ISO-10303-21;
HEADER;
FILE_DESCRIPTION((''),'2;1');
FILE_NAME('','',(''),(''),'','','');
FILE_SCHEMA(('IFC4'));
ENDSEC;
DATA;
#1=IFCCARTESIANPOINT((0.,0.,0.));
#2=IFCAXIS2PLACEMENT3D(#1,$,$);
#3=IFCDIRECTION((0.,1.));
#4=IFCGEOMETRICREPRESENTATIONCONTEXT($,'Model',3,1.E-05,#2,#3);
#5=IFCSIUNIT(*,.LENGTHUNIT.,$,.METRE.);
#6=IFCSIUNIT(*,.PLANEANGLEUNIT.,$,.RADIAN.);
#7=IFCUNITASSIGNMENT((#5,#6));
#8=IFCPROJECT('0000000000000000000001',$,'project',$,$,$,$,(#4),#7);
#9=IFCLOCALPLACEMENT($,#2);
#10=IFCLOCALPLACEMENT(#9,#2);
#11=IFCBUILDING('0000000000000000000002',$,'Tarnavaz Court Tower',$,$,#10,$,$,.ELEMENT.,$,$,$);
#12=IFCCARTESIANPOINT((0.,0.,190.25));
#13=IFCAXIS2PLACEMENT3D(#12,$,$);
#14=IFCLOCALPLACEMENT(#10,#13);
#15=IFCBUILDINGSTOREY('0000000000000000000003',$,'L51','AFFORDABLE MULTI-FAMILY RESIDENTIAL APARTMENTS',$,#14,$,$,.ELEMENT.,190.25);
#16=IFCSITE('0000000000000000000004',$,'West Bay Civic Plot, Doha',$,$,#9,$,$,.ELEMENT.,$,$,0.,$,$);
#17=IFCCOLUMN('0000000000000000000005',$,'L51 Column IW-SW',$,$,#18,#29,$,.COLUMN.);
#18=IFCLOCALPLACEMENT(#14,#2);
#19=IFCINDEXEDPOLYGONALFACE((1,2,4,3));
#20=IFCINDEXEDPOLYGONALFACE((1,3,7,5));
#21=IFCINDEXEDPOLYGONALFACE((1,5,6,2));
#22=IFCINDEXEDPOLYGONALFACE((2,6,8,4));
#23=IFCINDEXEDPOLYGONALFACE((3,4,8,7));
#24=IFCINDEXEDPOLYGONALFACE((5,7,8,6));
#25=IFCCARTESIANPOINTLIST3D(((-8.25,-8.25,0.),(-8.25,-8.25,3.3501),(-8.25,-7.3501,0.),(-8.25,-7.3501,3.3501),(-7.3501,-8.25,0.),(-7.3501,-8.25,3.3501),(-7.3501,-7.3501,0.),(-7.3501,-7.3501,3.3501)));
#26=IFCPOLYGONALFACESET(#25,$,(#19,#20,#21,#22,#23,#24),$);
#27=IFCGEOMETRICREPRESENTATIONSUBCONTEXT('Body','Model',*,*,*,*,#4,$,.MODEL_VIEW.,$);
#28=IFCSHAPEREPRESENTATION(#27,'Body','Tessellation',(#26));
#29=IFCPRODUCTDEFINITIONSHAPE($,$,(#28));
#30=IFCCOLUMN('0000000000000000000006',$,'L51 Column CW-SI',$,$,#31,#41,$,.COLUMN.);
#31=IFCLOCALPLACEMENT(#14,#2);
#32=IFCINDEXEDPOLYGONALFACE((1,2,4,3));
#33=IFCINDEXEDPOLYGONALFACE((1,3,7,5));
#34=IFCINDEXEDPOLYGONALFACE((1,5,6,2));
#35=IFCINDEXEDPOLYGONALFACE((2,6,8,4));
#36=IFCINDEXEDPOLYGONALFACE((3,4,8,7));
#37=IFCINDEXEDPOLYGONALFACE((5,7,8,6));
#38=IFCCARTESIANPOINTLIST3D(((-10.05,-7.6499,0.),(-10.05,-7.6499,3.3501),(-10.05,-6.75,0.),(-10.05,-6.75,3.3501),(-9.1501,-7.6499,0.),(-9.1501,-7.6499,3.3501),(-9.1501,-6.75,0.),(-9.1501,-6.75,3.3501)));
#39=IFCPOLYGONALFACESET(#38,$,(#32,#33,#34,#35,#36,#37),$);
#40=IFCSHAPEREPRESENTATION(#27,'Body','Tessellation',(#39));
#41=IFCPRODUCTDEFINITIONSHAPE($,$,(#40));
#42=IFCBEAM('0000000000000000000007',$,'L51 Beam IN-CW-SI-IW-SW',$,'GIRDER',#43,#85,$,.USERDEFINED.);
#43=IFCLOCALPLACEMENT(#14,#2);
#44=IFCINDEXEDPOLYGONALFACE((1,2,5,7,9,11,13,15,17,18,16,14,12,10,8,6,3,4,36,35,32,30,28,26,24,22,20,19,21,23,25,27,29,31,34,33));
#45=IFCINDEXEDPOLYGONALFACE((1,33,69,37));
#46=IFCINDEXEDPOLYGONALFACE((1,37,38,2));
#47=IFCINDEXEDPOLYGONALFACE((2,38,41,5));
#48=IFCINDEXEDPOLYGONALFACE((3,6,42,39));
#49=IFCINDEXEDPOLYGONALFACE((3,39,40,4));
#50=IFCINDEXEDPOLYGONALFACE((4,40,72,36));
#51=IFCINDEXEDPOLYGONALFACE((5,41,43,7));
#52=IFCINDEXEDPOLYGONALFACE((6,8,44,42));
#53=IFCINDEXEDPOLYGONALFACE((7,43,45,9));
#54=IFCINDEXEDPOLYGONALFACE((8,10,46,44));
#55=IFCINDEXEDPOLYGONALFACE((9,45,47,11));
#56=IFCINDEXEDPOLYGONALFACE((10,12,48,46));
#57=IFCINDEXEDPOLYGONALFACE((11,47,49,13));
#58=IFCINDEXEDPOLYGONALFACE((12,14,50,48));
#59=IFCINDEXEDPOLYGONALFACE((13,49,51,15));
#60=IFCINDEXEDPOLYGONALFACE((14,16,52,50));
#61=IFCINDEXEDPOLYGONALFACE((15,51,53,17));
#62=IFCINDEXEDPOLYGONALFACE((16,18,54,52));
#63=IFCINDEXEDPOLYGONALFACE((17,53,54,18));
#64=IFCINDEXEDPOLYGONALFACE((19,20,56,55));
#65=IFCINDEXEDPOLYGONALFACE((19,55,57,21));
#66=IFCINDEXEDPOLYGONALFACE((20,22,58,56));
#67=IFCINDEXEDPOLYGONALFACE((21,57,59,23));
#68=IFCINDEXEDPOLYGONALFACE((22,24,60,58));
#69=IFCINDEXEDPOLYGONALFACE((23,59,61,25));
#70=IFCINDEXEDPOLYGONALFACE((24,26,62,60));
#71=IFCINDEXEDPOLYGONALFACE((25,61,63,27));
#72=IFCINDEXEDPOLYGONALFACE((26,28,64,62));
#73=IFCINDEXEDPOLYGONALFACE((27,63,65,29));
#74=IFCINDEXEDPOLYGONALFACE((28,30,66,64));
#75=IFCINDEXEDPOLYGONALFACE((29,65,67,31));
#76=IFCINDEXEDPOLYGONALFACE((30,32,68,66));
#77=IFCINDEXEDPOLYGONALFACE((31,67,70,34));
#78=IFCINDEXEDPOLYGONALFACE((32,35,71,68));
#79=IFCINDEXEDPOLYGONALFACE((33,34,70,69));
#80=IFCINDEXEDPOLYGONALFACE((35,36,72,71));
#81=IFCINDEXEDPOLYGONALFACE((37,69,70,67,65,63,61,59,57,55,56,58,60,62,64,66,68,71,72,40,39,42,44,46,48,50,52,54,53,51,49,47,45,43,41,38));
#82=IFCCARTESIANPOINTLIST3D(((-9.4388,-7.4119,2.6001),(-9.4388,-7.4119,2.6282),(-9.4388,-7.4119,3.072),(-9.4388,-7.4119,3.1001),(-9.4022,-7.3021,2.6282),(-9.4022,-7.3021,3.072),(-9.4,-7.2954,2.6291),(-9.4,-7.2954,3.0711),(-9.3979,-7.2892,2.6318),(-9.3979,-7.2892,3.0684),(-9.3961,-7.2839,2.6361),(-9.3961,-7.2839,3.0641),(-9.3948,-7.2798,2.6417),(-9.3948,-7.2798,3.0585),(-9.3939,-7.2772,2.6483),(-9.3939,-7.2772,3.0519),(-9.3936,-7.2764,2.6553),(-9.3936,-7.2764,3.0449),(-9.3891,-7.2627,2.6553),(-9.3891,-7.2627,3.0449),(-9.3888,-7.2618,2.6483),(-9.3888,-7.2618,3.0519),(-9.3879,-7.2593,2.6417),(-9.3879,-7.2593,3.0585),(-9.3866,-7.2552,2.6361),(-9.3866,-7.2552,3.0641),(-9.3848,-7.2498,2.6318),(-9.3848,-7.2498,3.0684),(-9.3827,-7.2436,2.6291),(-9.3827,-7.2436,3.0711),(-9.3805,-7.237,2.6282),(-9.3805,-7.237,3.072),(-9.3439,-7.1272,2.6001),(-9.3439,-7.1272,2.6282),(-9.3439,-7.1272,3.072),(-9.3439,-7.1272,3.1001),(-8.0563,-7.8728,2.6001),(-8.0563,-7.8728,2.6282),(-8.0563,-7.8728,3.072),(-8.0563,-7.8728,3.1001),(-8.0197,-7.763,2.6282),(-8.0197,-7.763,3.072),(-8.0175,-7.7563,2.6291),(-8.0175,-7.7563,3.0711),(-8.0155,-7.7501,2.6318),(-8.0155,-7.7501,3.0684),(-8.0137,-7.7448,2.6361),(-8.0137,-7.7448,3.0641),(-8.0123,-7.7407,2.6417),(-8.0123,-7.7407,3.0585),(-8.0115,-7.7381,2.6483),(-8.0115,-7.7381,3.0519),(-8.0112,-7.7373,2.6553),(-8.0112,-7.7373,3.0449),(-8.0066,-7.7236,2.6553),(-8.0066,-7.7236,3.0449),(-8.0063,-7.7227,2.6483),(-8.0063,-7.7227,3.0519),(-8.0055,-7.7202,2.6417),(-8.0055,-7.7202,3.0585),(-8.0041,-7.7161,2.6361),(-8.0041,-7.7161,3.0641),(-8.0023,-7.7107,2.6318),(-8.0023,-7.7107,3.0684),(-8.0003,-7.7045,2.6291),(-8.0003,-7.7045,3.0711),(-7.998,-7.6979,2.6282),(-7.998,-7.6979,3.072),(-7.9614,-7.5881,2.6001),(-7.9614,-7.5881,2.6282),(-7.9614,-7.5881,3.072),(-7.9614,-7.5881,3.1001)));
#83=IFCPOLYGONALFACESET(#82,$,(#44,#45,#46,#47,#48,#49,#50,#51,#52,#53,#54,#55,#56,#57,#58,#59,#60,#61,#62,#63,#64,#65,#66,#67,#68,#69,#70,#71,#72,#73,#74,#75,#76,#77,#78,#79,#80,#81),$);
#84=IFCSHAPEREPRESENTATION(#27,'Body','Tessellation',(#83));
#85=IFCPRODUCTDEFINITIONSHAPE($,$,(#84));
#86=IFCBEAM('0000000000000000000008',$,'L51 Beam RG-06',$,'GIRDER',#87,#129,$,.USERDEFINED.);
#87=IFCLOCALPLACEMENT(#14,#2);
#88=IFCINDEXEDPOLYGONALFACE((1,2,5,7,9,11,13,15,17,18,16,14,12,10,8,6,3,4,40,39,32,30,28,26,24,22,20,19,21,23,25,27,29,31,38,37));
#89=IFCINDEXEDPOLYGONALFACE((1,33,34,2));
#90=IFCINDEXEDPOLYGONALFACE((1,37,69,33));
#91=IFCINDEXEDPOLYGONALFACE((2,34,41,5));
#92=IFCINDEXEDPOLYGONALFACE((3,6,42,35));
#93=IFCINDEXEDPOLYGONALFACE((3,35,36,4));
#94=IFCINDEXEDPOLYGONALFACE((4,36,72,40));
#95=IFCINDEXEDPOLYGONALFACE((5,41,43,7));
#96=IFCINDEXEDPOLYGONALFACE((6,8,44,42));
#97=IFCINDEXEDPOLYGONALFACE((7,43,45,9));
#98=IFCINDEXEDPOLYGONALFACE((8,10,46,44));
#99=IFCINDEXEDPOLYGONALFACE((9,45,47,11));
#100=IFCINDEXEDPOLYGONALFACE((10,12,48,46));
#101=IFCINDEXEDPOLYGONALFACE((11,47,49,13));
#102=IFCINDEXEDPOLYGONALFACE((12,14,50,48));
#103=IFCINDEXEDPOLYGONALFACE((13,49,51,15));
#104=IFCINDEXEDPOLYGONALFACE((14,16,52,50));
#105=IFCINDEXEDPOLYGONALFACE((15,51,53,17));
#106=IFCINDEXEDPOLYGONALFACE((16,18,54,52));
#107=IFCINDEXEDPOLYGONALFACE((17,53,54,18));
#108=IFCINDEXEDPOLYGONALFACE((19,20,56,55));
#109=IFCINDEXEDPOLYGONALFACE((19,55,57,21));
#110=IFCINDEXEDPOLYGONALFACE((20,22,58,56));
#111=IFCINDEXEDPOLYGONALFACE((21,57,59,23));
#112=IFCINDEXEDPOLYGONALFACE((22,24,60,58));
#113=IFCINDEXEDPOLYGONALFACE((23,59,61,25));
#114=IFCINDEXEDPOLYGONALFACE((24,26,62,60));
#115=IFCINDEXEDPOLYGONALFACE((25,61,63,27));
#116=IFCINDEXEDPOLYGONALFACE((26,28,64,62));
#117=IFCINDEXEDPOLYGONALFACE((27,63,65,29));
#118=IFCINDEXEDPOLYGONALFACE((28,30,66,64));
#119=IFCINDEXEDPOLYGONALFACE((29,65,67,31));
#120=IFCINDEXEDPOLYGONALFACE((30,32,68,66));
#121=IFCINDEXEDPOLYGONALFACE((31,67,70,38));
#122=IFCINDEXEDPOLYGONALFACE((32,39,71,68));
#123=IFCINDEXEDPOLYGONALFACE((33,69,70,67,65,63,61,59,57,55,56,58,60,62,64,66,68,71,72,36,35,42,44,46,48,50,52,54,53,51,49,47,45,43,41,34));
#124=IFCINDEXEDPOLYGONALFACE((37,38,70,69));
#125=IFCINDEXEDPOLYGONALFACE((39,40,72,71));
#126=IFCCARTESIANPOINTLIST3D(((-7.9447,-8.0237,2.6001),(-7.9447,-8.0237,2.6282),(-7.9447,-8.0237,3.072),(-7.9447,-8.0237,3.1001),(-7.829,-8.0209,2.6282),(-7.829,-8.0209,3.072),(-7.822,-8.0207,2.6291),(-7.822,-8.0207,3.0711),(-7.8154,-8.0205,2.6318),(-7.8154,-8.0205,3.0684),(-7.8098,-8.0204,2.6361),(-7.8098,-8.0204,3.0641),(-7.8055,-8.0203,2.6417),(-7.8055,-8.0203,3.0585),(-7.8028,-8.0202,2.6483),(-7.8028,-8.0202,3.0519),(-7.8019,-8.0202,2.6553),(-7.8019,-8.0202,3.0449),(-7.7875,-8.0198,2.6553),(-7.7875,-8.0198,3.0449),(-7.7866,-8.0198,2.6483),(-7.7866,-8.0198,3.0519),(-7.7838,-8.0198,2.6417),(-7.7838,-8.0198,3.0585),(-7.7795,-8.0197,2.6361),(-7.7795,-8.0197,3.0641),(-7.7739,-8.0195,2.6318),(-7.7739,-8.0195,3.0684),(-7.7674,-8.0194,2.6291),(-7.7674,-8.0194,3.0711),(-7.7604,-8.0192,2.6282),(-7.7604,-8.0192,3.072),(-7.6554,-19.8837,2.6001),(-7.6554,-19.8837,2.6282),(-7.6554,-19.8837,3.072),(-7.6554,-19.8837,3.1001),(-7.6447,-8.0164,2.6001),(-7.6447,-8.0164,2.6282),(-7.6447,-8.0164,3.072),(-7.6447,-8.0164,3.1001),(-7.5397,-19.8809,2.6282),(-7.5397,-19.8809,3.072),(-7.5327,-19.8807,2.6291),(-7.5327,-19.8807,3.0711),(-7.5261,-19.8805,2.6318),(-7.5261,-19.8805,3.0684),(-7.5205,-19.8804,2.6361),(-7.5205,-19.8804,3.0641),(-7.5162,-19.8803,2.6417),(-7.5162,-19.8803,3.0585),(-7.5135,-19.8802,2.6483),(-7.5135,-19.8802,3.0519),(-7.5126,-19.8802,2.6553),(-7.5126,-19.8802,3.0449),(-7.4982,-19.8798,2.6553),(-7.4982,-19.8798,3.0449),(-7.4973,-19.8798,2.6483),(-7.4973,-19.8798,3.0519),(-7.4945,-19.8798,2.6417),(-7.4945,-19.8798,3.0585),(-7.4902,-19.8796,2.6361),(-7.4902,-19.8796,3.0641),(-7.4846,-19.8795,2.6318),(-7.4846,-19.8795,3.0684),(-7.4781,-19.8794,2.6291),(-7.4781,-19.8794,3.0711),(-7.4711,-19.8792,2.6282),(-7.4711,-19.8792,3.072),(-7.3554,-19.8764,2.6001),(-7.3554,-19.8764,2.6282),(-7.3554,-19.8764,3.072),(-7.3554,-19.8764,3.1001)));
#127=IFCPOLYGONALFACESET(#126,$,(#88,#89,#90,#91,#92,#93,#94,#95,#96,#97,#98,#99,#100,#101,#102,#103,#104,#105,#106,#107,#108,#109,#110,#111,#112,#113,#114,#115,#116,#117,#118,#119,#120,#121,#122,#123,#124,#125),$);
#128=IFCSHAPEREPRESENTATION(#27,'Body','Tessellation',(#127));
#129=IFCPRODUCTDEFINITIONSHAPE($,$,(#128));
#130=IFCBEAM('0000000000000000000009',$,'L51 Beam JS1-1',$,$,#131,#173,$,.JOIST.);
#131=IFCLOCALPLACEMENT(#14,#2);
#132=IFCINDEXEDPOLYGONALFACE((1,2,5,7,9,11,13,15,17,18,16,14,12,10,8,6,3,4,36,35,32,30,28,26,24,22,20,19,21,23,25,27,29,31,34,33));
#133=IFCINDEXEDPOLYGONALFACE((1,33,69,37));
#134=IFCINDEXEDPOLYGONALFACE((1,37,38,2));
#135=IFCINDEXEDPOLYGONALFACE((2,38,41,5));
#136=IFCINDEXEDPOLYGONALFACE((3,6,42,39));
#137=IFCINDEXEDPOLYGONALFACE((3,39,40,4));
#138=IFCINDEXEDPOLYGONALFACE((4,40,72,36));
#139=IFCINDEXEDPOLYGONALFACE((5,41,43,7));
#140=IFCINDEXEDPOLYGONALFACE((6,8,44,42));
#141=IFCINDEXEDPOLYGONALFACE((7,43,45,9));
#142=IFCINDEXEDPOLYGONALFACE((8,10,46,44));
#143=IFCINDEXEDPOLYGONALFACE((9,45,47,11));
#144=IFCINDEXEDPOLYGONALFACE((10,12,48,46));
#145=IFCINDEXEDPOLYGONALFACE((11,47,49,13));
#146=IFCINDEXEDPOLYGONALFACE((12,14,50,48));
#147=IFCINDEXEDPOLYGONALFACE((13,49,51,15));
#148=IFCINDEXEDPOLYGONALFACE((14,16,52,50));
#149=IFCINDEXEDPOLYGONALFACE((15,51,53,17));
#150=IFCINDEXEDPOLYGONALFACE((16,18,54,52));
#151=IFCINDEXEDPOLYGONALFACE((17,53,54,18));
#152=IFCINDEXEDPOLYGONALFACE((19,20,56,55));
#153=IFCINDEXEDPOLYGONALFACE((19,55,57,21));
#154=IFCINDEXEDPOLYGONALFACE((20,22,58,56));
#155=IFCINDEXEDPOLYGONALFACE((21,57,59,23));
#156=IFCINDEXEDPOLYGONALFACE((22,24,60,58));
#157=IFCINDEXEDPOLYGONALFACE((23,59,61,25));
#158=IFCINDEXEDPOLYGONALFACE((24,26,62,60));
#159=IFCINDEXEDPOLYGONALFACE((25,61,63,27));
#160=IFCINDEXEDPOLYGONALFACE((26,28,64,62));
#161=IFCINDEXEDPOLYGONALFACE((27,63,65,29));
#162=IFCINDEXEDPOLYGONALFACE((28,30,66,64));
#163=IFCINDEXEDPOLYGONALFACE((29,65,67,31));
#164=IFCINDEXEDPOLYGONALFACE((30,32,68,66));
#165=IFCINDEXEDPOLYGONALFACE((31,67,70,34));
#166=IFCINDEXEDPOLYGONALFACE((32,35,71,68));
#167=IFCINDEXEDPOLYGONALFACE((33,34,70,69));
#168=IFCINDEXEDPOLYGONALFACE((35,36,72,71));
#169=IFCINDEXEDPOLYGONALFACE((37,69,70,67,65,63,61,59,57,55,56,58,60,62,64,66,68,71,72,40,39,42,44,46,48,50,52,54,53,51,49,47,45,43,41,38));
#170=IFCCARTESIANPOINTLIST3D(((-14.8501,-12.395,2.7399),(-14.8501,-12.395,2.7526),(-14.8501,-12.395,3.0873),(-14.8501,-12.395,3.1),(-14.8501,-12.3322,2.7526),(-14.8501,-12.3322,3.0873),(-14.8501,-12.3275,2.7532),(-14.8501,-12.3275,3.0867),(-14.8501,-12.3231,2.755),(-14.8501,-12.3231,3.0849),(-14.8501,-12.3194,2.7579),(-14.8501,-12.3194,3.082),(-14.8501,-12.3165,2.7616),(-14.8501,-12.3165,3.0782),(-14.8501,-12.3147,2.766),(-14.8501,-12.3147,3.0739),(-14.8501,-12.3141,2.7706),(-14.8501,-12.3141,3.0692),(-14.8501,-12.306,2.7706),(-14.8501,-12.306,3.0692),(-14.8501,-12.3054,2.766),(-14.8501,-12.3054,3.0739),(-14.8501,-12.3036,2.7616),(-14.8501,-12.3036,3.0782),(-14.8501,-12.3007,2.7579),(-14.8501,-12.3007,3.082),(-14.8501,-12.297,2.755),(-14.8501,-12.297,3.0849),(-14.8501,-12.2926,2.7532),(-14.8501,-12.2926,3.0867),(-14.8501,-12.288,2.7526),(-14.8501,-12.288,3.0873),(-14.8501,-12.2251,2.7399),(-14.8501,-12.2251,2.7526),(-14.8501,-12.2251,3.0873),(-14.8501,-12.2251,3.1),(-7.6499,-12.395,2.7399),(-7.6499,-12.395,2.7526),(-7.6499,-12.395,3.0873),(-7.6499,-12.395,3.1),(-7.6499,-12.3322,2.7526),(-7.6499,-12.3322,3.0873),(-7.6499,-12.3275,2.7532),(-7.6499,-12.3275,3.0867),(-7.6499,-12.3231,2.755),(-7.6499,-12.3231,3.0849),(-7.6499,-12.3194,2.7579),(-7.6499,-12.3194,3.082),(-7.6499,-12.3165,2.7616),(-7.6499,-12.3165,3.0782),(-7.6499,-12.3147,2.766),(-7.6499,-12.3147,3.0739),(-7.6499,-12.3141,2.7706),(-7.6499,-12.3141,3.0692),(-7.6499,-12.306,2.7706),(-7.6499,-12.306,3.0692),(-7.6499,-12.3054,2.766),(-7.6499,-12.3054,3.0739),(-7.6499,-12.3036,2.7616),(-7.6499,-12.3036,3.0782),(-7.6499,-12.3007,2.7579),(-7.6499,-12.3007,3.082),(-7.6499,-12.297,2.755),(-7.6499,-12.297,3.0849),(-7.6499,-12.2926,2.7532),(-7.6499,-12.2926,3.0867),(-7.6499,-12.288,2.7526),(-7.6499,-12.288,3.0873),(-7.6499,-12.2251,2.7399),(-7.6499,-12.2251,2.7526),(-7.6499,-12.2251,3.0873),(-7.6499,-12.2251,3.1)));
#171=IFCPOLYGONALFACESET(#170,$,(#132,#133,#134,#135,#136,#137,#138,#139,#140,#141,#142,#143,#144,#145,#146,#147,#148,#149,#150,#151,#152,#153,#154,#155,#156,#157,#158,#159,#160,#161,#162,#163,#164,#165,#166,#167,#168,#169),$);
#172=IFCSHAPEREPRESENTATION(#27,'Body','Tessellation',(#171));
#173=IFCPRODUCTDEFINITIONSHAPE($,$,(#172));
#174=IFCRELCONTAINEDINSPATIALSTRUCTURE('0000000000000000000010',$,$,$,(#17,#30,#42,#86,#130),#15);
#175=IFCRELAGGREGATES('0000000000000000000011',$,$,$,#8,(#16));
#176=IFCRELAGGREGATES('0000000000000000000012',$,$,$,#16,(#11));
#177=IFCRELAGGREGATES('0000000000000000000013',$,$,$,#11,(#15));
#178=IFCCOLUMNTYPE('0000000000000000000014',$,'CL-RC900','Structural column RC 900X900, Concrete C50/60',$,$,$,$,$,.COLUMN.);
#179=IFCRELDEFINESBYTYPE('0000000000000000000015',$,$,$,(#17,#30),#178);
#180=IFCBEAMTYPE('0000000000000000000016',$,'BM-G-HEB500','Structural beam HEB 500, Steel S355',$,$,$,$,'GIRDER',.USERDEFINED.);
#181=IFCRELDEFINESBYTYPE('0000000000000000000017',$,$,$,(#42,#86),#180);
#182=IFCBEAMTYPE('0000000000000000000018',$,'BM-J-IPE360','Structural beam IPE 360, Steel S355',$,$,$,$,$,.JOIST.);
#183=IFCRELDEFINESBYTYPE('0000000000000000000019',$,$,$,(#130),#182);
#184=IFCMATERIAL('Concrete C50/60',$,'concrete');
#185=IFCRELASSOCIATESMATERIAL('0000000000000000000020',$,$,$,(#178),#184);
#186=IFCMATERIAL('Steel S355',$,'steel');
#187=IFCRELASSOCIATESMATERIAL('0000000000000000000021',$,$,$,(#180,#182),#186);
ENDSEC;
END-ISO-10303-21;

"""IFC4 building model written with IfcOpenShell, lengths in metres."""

from ifc_helpers import new_model, si_unit, direction, frame, origin, origin_2d, place, context, subcontext, project, spatial, rectangle, i_section, extrude, material, material_profile, profile_set, type_object, element, save


model = new_model("IFC4")

# Units and contexts
model_context = context("Model", 3, precision=1e-05, world=origin(), true_north=direction((0.0, 1.0)))
body_context = subcontext(model_context, "Body", "Model", "MODEL_VIEW")
ifc_project = project(units=[si_unit("LENGTHUNIT", "METRE"), si_unit("PLANEANGLEUNIT", "RADIAN")], contexts=[model_context])

# Site, building, storey
site_placement = place(None, origin())
site = spatial("IfcSite", under=ifc_project, at=site_placement, Name="West Bay Civic Plot, Doha", CompositionType="ELEMENT", RefElevation=0.0)
building_placement = place(site_placement, origin())
building = spatial("IfcBuilding", under=site, at=building_placement, Name="Tarnavaz Court Tower", CompositionType="ELEMENT")
storey_placement = place(building_placement, frame((0.0, 0.0, 190.25)))
storey = spatial("IfcBuildingStorey", under=building, at=storey_placement, Name="L51", Description="AFFORDABLE MULTI-FAMILY RESIDENTIAL APARTMENTS", CompositionType="ELEMENT", Elevation=190.25)

# Columns
ifc_material_1 = material(Name="Concrete C50/60", Category="concrete")
ifc_material_profile_1 = material_profile(ifc_material_1, rectangle(XDim=0.8999, YDim=0.8999, at=origin_2d()), Name="RC 900X900")
ifc_profile_set_1 = profile_set([ifc_material_profile_1], Name="Concrete C50/60")
column_type = type_object("IfcColumnType", Name="CL-RC900", Description="Structural column RC 900X900, Concrete C50/60", PredefinedType="COLUMN", material=ifc_profile_set_1)
for number, where, z_axis, x_axis, name in (
    (1, (-7.8, -7.8, 0.0), (0.0, 0.0, 1.0), (1.0, 0.0, 0.0), "L51 Column IW-SW"),
    (2, (-9.6001, -7.2, 0.0), (0.0, 0.0, 1.0), (1.0, 0.0, 0.0), "L51 Column CW-SI"),
):
    element("IfcColumn", number, at=place(storey_placement, frame(where, z_axis=z_axis, x_axis=x_axis)), inside=storey, type_object=column_type, Name=name, PredefinedType="COLUMN", context=body_context, shape_type="SweptSolid", body=[
        extrude(rectangle(XDim=0.8999, YDim=0.8999, at=origin_2d()), origin(), (0.0, 0.0, 1.0), 3.3501),
    ])

# Beams
ifc_material_2 = material(Name="Steel S355", Category="steel")
ifc_material_profile_2 = material_profile(ifc_material_2, i_section(OverallWidth=0.3, OverallDepth=0.5, WebThickness=0.0144, FlangeThickness=0.0281, FilletRadius=0.0271, at=origin_2d()), Name="HEB 500")
ifc_profile_set_2 = profile_set([ifc_material_profile_2], Name="Steel S355")
beam_type_1 = type_object("IfcBeamType", Name="BM-G-HEB500", Description="Structural beam HEB 500, Steel S355", ElementType="GIRDER", PredefinedType="USERDEFINED", material=ifc_profile_set_2)
beam_1_placement = place(storey_placement, frame((-9.3914, -7.2695, 2.8501), z_axis=(0.948667, -0.316278, 0.0), x_axis=(0.316278, 0.948667, 0.0)))
element("IfcBeam", 3, at=beam_1_placement, inside=storey, type_object=beam_type_1, Name="L51 Beam IN-CW-SI-IW-SW", ObjectType="GIRDER", PredefinedType="USERDEFINED", context=body_context, shape_type="SweptSolid", body=[
    extrude(i_section(OverallWidth=0.3, OverallDepth=0.5, WebThickness=0.0144, FlangeThickness=0.0281, FilletRadius=0.0271, at=origin_2d()), origin(), (0.0, 0.0, 1.0), 1.4573),
])
beam_2_placement = place(storey_placement, frame((-7.7947, -8.02, 2.8501), z_axis=(0.024386, -0.999703, 0.0), x_axis=(0.999703, 0.024386, 0.0)))
element("IfcBeam", 4, at=beam_2_placement, inside=storey, type_object=beam_type_1, Name="L51 Beam RG-06", ObjectType="GIRDER", PredefinedType="USERDEFINED", context=body_context, shape_type="SweptSolid", body=[
    extrude(i_section(OverallWidth=0.3, OverallDepth=0.5, WebThickness=0.0144, FlangeThickness=0.0281, FilletRadius=0.0271, at=origin_2d()), origin(), (0.0, 0.0, 1.0), 11.8635),
])
ifc_material_profile_3 = material_profile(ifc_material_2, i_section(OverallWidth=0.1699, OverallDepth=0.3601, WebThickness=0.0081, FlangeThickness=0.0127, FilletRadius=0.0181, at=origin_2d()), Name="IPE 360")
ifc_profile_set_3 = profile_set([ifc_material_profile_3], Name="Steel S355")
beam_type_2 = type_object("IfcBeamType", Name="BM-J-IPE360", Description="Structural beam IPE 360, Steel S355", PredefinedType="JOIST", material=ifc_profile_set_3)
beam_3_placement = place(storey_placement, frame((-14.8501, -12.3101, 2.9199), z_axis=(1.0, 0.0, 0.0), x_axis=(0.0, 1.0, 0.0)))
element("IfcBeam", 5, at=beam_3_placement, inside=storey, type_object=beam_type_2, Name="L51 Beam JS1-1", PredefinedType="JOIST", context=body_context, shape_type="SweptSolid", body=[
    extrude(i_section(OverallWidth=0.1699, OverallDepth=0.3601, WebThickness=0.0081, FlangeThickness=0.0127, FilletRadius=0.0181, at=origin_2d()), origin(), (0.0, 0.0, 1.0), 7.2002),
])

save(model, "model.ifc")
